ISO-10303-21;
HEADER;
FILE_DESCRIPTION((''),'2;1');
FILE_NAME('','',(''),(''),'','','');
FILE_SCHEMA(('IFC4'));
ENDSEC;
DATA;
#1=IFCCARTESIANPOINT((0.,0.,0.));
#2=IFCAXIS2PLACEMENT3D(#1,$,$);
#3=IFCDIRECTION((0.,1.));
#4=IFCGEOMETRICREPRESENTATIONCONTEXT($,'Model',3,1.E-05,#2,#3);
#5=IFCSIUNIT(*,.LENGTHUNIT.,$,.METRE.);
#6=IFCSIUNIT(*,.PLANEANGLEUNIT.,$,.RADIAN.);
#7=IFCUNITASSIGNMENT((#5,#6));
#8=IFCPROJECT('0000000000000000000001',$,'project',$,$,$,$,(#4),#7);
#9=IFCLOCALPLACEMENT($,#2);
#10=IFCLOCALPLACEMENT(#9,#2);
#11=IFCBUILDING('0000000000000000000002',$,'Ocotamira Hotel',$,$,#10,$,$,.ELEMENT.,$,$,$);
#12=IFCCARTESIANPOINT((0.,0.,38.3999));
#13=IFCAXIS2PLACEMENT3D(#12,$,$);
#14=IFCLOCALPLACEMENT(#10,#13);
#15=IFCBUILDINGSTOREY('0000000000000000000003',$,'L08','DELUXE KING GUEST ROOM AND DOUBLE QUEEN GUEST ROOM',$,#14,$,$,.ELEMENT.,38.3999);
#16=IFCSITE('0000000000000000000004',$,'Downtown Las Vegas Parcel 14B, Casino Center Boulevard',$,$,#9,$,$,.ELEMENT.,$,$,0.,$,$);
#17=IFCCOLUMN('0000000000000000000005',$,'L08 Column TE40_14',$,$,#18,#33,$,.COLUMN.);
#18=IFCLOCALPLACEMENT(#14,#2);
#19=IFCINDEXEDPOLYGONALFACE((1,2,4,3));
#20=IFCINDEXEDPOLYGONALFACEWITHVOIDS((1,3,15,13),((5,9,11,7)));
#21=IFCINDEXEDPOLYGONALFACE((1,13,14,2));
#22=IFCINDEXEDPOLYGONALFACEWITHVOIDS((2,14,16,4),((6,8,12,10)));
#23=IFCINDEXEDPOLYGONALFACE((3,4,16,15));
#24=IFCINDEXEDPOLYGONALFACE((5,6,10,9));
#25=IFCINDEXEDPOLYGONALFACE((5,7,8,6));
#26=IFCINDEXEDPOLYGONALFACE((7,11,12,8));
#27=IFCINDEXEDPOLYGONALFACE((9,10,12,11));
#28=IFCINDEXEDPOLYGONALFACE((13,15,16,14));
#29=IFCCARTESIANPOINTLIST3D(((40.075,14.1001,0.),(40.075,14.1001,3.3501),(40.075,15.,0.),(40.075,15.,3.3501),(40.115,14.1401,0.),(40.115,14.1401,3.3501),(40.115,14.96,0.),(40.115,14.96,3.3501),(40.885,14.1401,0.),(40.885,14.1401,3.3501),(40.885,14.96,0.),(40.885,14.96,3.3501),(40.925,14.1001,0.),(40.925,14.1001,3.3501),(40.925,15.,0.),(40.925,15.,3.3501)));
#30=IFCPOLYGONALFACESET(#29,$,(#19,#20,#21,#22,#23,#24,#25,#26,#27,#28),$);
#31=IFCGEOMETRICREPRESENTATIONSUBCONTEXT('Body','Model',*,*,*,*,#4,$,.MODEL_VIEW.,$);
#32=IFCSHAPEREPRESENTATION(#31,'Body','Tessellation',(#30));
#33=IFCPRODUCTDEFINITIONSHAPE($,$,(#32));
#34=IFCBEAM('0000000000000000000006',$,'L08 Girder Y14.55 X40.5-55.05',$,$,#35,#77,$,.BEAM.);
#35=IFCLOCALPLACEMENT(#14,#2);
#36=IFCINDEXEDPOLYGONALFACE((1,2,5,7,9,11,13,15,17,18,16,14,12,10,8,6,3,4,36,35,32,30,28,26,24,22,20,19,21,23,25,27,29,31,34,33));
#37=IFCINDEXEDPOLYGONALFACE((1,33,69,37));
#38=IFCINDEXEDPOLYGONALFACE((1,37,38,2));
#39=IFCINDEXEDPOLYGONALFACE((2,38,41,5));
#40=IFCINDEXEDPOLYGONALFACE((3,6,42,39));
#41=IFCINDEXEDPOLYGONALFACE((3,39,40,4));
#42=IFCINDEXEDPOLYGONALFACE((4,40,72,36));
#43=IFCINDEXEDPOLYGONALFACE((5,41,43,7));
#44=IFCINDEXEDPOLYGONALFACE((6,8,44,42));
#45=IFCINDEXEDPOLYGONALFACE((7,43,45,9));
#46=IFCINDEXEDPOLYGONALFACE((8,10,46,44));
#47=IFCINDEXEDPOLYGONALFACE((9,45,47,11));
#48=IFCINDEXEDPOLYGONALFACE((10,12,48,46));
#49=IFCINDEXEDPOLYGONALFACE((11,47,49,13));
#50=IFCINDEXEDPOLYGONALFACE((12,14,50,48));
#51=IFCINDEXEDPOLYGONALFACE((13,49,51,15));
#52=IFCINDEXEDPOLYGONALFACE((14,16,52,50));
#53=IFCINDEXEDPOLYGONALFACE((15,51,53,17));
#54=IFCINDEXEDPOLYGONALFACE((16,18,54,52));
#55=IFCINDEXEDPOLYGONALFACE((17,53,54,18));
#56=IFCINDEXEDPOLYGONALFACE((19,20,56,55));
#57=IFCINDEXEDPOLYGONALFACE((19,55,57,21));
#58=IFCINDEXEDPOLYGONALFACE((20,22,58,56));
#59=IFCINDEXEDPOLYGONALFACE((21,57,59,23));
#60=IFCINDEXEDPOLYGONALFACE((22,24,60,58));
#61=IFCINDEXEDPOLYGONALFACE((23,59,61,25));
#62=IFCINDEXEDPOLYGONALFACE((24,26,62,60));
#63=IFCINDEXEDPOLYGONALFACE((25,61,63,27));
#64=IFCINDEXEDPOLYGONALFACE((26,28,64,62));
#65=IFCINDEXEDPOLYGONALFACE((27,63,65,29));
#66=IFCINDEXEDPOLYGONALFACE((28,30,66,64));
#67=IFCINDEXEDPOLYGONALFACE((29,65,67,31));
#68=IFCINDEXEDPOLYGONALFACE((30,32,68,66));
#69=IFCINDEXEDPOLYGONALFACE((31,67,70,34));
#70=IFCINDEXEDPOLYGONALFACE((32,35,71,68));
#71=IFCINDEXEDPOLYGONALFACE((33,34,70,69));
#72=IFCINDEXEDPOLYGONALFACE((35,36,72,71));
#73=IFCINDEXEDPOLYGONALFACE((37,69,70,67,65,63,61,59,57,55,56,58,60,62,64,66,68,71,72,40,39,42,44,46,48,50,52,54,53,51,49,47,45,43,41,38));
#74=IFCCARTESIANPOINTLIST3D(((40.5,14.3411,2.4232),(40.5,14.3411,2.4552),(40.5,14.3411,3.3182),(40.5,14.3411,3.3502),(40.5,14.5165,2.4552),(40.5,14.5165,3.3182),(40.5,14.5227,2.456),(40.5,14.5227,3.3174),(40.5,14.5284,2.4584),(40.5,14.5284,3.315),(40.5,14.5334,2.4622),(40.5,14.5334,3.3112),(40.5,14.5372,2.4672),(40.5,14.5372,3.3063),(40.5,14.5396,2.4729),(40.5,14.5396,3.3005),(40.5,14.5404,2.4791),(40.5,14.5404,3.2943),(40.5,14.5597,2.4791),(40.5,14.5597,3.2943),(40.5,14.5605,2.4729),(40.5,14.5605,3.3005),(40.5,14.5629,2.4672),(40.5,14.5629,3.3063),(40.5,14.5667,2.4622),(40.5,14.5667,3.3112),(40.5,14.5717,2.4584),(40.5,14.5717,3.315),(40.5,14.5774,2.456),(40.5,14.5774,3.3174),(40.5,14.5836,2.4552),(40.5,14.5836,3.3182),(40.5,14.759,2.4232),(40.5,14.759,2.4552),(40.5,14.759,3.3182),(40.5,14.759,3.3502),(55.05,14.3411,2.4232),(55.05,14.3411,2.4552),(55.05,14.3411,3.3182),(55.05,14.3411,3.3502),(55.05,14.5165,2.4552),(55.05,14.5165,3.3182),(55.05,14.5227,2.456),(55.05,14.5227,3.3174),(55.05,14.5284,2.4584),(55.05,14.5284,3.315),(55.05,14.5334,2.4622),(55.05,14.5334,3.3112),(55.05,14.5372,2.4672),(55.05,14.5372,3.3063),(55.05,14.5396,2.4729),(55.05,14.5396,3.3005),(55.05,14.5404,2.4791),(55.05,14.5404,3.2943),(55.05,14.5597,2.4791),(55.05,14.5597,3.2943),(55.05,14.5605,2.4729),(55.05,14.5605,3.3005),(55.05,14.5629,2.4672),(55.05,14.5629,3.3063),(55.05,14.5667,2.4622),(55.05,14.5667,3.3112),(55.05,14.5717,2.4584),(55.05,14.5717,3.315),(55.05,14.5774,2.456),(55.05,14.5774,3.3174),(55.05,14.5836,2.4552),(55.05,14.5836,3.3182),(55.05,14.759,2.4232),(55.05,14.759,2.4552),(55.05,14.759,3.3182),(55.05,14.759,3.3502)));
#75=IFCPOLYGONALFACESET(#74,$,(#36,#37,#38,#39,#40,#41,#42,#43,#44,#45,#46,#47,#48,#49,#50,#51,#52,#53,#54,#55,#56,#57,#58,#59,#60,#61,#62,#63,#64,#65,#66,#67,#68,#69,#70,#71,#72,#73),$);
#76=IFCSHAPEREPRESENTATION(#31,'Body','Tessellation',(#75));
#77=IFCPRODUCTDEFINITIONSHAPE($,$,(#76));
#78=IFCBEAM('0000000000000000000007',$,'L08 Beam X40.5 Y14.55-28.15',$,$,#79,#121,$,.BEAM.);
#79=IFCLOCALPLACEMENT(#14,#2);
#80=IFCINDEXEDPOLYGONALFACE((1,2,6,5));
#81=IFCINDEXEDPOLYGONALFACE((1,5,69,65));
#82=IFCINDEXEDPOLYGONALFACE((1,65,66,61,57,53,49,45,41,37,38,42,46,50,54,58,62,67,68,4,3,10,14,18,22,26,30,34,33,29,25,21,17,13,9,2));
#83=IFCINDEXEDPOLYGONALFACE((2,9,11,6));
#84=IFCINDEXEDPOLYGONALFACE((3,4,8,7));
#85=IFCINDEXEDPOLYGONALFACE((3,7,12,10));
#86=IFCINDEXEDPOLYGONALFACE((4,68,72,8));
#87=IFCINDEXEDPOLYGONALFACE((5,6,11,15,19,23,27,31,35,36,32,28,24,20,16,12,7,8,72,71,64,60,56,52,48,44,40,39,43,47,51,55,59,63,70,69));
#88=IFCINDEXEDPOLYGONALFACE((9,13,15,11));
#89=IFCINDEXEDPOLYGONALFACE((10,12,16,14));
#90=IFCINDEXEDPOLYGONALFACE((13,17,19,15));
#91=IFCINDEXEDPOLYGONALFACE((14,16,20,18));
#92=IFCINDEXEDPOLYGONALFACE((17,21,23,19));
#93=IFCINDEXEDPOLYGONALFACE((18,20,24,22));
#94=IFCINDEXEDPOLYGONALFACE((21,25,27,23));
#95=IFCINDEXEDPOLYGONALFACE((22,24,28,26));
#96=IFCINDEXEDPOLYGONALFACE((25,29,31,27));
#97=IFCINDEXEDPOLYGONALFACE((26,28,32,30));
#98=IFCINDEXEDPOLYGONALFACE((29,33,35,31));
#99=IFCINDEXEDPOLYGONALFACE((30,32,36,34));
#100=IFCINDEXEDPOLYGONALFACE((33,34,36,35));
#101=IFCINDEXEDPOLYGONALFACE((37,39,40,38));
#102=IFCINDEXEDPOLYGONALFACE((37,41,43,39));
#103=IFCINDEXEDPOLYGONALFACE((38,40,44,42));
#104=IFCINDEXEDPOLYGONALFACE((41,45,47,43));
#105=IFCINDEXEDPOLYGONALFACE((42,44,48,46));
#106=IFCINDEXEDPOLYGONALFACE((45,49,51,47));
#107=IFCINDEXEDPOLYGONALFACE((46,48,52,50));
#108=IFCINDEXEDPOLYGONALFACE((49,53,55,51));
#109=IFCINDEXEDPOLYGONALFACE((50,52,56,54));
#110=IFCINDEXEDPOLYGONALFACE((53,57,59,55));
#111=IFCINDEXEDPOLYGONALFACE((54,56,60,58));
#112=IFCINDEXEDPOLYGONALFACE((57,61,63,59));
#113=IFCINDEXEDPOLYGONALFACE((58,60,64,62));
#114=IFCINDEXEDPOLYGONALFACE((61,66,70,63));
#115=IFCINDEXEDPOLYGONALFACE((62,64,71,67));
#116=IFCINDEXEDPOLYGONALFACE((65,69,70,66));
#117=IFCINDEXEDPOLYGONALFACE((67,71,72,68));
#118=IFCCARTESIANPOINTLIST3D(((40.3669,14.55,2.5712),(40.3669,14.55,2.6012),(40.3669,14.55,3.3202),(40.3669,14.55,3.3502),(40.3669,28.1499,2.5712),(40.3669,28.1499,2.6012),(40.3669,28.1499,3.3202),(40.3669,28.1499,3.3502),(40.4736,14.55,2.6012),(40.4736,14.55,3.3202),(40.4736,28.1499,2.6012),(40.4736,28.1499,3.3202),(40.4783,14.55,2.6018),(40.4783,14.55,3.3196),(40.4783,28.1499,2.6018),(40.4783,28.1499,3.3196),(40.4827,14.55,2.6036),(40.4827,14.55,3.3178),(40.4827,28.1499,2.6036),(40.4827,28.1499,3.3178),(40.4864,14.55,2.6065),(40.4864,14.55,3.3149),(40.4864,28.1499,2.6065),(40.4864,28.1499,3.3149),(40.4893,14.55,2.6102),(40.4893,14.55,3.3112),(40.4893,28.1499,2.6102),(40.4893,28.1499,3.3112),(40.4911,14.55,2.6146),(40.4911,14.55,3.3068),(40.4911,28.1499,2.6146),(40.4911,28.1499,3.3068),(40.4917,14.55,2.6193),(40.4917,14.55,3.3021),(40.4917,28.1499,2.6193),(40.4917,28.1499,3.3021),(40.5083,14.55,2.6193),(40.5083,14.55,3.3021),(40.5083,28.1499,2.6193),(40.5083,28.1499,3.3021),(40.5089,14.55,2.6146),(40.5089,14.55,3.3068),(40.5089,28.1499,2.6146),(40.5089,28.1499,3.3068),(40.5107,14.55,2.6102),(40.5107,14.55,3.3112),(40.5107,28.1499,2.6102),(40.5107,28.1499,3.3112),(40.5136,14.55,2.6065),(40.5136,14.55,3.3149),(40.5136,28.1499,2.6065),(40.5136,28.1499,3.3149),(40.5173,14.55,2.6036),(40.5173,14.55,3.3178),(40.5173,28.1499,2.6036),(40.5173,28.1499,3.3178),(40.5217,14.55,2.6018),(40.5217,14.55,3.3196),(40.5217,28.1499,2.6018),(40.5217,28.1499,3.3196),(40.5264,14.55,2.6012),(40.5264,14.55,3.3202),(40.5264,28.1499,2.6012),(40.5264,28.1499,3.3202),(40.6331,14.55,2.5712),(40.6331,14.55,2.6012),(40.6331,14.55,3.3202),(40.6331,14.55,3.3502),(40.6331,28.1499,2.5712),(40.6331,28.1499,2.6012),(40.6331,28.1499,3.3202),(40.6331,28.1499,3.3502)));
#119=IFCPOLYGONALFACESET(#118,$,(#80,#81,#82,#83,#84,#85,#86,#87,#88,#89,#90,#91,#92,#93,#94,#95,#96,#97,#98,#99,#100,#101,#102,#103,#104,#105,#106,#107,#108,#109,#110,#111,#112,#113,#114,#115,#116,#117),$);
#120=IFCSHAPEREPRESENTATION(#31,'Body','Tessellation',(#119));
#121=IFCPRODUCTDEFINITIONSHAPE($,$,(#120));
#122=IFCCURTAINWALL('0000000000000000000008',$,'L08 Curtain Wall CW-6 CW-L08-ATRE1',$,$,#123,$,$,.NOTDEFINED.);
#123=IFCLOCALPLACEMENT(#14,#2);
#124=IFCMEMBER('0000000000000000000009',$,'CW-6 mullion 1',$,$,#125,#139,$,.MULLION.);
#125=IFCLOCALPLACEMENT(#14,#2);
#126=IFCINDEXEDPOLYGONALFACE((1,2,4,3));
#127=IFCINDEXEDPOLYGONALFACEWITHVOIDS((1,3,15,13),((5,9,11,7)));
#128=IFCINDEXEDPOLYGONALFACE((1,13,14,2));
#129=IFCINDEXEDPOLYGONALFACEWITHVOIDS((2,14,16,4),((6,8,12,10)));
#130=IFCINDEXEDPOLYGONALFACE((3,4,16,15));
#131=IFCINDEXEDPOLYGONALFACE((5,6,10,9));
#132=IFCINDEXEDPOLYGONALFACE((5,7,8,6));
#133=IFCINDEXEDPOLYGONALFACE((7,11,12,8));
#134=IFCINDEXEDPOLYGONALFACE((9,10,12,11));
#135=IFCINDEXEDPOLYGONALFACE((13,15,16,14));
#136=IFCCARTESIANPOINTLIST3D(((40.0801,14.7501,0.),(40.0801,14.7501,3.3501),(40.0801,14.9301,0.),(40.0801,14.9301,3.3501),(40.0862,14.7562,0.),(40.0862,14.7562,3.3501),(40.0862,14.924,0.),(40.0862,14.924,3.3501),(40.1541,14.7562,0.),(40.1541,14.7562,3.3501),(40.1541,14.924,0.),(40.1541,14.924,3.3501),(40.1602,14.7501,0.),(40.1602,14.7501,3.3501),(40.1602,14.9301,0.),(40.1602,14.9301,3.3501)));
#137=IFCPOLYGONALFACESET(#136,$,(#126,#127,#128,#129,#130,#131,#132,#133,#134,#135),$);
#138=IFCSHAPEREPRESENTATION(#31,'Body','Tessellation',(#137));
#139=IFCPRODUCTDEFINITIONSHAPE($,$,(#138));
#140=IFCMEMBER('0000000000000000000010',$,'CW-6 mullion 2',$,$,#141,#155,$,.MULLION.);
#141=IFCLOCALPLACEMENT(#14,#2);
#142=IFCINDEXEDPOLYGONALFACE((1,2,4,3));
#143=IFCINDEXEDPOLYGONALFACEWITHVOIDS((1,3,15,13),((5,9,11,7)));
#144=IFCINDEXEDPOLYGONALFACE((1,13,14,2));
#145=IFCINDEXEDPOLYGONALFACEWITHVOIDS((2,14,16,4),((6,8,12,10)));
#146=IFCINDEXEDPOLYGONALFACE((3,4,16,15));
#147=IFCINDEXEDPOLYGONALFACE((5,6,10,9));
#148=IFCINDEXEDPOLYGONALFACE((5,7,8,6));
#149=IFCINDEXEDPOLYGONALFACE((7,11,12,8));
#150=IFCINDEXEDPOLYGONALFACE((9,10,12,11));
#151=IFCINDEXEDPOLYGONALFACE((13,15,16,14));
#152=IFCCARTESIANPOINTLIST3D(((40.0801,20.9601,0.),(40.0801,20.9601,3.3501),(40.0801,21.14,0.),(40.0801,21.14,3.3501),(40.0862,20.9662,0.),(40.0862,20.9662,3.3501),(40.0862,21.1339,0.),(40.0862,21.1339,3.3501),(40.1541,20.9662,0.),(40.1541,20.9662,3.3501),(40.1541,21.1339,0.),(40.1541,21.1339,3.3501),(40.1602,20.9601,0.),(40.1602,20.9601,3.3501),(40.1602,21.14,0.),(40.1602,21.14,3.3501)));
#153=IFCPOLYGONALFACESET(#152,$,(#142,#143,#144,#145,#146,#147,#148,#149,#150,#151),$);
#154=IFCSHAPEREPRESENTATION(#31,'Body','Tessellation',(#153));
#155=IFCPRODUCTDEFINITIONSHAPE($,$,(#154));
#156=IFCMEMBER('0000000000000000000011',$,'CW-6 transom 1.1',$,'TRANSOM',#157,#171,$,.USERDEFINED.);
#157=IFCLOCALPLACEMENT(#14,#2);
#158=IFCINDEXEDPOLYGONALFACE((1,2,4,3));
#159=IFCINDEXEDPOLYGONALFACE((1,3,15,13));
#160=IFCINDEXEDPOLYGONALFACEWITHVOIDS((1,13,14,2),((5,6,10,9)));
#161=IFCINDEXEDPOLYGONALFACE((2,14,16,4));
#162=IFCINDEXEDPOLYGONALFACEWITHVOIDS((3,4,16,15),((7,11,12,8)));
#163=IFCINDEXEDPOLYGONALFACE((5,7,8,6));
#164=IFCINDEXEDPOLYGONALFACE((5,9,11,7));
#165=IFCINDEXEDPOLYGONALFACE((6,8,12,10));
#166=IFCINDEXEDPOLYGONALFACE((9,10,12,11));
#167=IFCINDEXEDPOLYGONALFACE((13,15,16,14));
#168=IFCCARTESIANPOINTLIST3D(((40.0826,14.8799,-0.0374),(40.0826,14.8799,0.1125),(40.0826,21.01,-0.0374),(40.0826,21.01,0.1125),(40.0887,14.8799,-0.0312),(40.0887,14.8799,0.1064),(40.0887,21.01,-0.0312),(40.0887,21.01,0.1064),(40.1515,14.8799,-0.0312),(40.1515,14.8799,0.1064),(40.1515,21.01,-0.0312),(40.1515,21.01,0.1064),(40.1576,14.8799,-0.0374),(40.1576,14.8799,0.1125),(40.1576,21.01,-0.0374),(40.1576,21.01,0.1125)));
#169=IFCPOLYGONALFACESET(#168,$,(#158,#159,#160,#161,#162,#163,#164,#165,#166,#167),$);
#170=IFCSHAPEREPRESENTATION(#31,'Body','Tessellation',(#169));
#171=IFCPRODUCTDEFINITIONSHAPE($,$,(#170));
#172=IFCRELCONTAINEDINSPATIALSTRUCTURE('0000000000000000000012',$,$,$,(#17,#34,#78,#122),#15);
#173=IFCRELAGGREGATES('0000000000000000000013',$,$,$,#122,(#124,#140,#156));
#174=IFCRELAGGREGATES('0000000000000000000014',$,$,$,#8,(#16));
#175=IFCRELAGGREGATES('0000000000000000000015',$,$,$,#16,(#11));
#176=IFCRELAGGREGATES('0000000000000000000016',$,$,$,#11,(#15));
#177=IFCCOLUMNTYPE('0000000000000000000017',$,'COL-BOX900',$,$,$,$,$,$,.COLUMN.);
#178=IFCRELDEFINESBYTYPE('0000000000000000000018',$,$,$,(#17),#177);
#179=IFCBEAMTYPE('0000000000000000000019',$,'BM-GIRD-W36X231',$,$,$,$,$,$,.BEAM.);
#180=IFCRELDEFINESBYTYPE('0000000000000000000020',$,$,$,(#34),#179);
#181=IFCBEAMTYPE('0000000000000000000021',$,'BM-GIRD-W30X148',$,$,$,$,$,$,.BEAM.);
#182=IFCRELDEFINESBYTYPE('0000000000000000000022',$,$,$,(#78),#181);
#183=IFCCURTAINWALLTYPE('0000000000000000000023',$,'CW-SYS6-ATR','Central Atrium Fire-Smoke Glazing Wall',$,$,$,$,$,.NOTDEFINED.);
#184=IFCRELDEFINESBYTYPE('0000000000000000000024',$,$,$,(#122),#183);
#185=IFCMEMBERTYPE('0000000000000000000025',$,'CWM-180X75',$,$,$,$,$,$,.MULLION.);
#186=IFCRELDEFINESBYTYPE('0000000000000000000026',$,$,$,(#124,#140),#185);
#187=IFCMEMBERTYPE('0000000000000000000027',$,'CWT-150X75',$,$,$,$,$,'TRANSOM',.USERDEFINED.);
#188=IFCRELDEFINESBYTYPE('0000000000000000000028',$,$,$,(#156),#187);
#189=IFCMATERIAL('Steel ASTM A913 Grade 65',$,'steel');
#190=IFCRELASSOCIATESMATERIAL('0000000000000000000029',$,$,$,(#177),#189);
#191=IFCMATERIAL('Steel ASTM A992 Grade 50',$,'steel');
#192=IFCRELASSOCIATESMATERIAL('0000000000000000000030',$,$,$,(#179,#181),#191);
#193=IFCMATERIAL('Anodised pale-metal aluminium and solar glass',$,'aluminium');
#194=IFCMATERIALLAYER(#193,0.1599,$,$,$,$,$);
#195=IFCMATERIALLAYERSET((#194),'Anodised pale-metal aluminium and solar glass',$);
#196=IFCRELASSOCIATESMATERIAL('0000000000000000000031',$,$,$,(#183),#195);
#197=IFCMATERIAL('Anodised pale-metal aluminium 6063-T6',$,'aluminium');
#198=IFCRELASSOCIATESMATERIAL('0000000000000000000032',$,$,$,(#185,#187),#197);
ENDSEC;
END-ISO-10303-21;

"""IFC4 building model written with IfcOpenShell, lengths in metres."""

from ifc_helpers import new_model, si_unit, direction, frame, origin, origin_2d, place, context, subcontext, project, spatial, hollow_rectangle, i_section, extrude, source, transform, mapped, material, layer, layer_set, material_profile, profile_set, type_object, element, aggregate, save


model = new_model("IFC4")

# Units and contexts
model_context = context("Model", 3, precision=1e-05, world=origin(), true_north=direction((0.0, 1.0)))
body_context = subcontext(model_context, "Body", "Model", "MODEL_VIEW")
ifc_project = project(units=[si_unit("LENGTHUNIT", "METRE"), si_unit("PLANEANGLEUNIT", "RADIAN")], contexts=[model_context])

# Site, building, storey
site_placement = place(None, origin())
site = spatial("IfcSite", under=ifc_project, at=site_placement, Name="Downtown Las Vegas Parcel 14B, Casino Center Boulevard", CompositionType="ELEMENT", RefElevation=0.0)
building_placement = place(site_placement, origin())
building = spatial("IfcBuilding", under=site, at=building_placement, Name="Ocotamira Hotel", CompositionType="ELEMENT")
storey_placement = place(building_placement, frame((0.0, 0.0, 38.3999)))
storey = spatial("IfcBuildingStorey", under=building, at=storey_placement, Name="L08", Description="DELUXE KING GUEST ROOM AND DOUBLE QUEEN GUEST ROOM", CompositionType="ELEMENT", Elevation=38.3999)

# Column
ifc_material_1 = material(Name="Steel ASTM A913 Grade 65", Category="steel")
ifc_material_profile_1 = material_profile(ifc_material_1, hollow_rectangle(XDim=0.8501, YDim=0.8999, WallThickness=0.04, at=origin_2d()), Name="BOX900X850X40")
ifc_profile_set_1 = profile_set([ifc_material_profile_1], Name="Steel ASTM A913 Grade 65")
column_type = type_object("IfcColumnType", Name="COL-BOX900", PredefinedType="COLUMN", material=ifc_profile_set_1)
shared_shape_1 = source(origin(), body_context, "Body", "SweptSolid", [
    extrude(hollow_rectangle(XDim=0.8501, YDim=0.8999, WallThickness=0.04, at=origin_2d()), origin(), (0.0, 0.0, 1.0), 3.3501),
])
column_placement = place(storey_placement, frame((40.5, 14.55, 0.0), z_axis=(0.0, 0.0, 1.0), x_axis=(1.0, 0.0, 0.0)))
element("IfcColumn", 1, at=column_placement, inside=storey, type_object=column_type, Name="L08 Column TE40_14", PredefinedType="COLUMN", context=body_context, shape_type="MappedRepresentation", body=[
    mapped(shared_shape_1, transform((0.0, 0.0, 0.0), scale=1.0)),
])

# Beams
ifc_material_2 = material(Name="Steel ASTM A992 Grade 50", Category="steel")
ifc_material_profile_2 = material_profile(ifc_material_2, i_section(OverallWidth=0.418, OverallDepth=0.927, WebThickness=0.0193, FlangeThickness=0.032, FilletRadius=0.0239, at=origin_2d()), Name="W36X231")
ifc_profile_set_2 = profile_set([ifc_material_profile_2], Name="Steel ASTM A992 Grade 50")
beam_type_1 = type_object("IfcBeamType", Name="BM-GIRD-W36X231", PredefinedType="BEAM", material=ifc_profile_set_2)
shared_shape_2 = source(origin(), body_context, "Body", "SweptSolid", [
    extrude(i_section(OverallWidth=0.418, OverallDepth=0.927, WebThickness=0.0193, FlangeThickness=0.032, FilletRadius=0.0239, at=origin_2d()), origin(), (0.0, 0.0, 1.0), 14.55),
])
beam_1_placement = place(storey_placement, frame((40.5, 14.55, 2.8867), z_axis=(1.0, 0.0, 0.0), x_axis=(0.0, 1.0, 0.0)))
element("IfcBeam", 2, at=beam_1_placement, inside=storey, type_object=beam_type_1, Name="L08 Girder Y14.55 X40.5-55.05", PredefinedType="BEAM", context=body_context, shape_type="MappedRepresentation", body=[
    mapped(shared_shape_2, transform((0.0, 0.0, 0.0), scale=1.0)),
])
ifc_material_profile_3 = material_profile(ifc_material_2, i_section(OverallWidth=0.2661, OverallDepth=0.7791, WebThickness=0.0166, FlangeThickness=0.03, FilletRadius=0.0181, at=origin_2d()), Name="W30X148")
ifc_profile_set_3 = profile_set([ifc_material_profile_3], Name="Steel ASTM A992 Grade 50")
beam_type_2 = type_object("IfcBeamType", Name="BM-GIRD-W30X148", PredefinedType="BEAM", material=ifc_profile_set_3)
shared_shape_3 = source(origin(), body_context, "Body", "SweptSolid", [
    extrude(i_section(OverallWidth=0.2661, OverallDepth=0.7791, WebThickness=0.0166, FlangeThickness=0.03, FilletRadius=0.0181, at=origin_2d()), origin(), (0.0, 0.0, 1.0), 13.5999),
])
beam_2_placement = place(storey_placement, frame((40.5, 14.55, 2.9607), z_axis=(0.0, 1.0, 0.0), x_axis=(-1.0, 0.0, 0.0)))
element("IfcBeam", 3, at=beam_2_placement, inside=storey, type_object=beam_type_2, Name="L08 Beam X40.5 Y14.55-28.15", PredefinedType="BEAM", context=body_context, shape_type="MappedRepresentation", body=[
    mapped(shared_shape_3, transform((0.0, 0.0, 0.0), scale=1.0)),
])

# Curtain wall, members
ifc_material_3 = material(Name="Anodised pale-metal aluminium and solar glass", Category="aluminium")
ifc_layer_1 = layer(ifc_material_3, 0.1599)
ifc_layer_set_1 = layer_set([ifc_layer_1], Name="Anodised pale-metal aluminium and solar glass")
curtain_wall_type = type_object("IfcCurtainWallType", Name="CW-SYS6-ATR", Description="Central Atrium Fire-Smoke Glazing Wall", PredefinedType="NOTDEFINED", material=ifc_layer_set_1)
curtain_wall_placement = place(storey_placement, origin())
curtain_wall = element("IfcCurtainWall", 4, at=curtain_wall_placement, inside=storey, type_object=curtain_wall_type, Name="L08 Curtain Wall CW-6 CW-L08-ATRE1", PredefinedType="NOTDEFINED")
ifc_material_4 = material(Name="Anodised pale-metal aluminium 6063-T6", Category="aluminium")
ifc_material_profile_4 = material_profile(ifc_material_4, hollow_rectangle(XDim=0.0801, YDim=0.1799, WallThickness=0.0061, at=origin_2d()), Name="HSS180X80X6")
ifc_profile_set_4 = profile_set([ifc_material_profile_4], Name="Anodised pale-metal aluminium 6063-T6")
member_type_1 = type_object("IfcMemberType", Name="CWM-180X75", PredefinedType="MULLION", material=ifc_profile_set_4)
shared_shape_4 = source(origin(), body_context, "Body", "SweptSolid", [
    extrude(hollow_rectangle(XDim=0.0801, YDim=0.1799, WallThickness=0.0061, at=origin_2d()), origin(), (0.0, 0.0, 1.0), 3.3501),
])
member_1_placement = place(storey_placement, frame((40.1201, 14.8401, 0.0), z_axis=(0.0, 0.0, 1.0), x_axis=(-1.0, 0.0, 0.0)))
member_1 = element("IfcMember", 5, at=member_1_placement, type_object=member_type_1, Name="CW-6 mullion 1", PredefinedType="MULLION", context=body_context, shape_type="MappedRepresentation", body=[
    mapped(shared_shape_4, transform((0.0, 0.0, 0.0), scale=1.0)),
])
member_2_placement = place(storey_placement, frame((40.1201, 21.05, 0.0), z_axis=(0.0, 0.0, 1.0), x_axis=(-1.0, 0.0, 0.0)))
member_2 = element("IfcMember", 6, at=member_2_placement, type_object=member_type_1, Name="CW-6 mullion 2", PredefinedType="MULLION", context=body_context, shape_type="MappedRepresentation", body=[
    mapped(shared_shape_4, transform((0.0, 0.0, 0.0), scale=1.0)),
])
ifc_material_profile_5 = material_profile(ifc_material_4, hollow_rectangle(XDim=0.075, YDim=0.1499, WallThickness=0.0061, at=origin_2d()), Name="HSS150X75X6")
ifc_profile_set_5 = profile_set([ifc_material_profile_5], Name="Anodised pale-metal aluminium 6063-T6")
member_type_2 = type_object("IfcMemberType", Name="CWT-150X75", ElementType="TRANSOM", PredefinedType="USERDEFINED", material=ifc_profile_set_5)
shared_shape_5 = source(origin(), body_context, "Body", "SweptSolid", [
    extrude(hollow_rectangle(XDim=0.075, YDim=0.1499, WallThickness=0.0061, at=origin_2d()), origin(), (0.0, 0.0, 1.0), 6.1301),
])
member_3_placement = place(storey_placement, frame((40.1201, 14.8799, 0.0376), z_axis=(0.0, 1.0, 0.0), x_axis=(-1.0, 0.0, 0.0)))
member_3 = element("IfcMember", 7, at=member_3_placement, type_object=member_type_2, Name="CW-6 transom 1.1", ObjectType="TRANSOM", PredefinedType="USERDEFINED", context=body_context, shape_type="MappedRepresentation", body=[
    mapped(shared_shape_5, transform((0.0, 0.0, 0.0), scale=1.0)),
])
aggregate(curtain_wall, [member_1, member_2, member_3])

save(model, "model.ifc")
